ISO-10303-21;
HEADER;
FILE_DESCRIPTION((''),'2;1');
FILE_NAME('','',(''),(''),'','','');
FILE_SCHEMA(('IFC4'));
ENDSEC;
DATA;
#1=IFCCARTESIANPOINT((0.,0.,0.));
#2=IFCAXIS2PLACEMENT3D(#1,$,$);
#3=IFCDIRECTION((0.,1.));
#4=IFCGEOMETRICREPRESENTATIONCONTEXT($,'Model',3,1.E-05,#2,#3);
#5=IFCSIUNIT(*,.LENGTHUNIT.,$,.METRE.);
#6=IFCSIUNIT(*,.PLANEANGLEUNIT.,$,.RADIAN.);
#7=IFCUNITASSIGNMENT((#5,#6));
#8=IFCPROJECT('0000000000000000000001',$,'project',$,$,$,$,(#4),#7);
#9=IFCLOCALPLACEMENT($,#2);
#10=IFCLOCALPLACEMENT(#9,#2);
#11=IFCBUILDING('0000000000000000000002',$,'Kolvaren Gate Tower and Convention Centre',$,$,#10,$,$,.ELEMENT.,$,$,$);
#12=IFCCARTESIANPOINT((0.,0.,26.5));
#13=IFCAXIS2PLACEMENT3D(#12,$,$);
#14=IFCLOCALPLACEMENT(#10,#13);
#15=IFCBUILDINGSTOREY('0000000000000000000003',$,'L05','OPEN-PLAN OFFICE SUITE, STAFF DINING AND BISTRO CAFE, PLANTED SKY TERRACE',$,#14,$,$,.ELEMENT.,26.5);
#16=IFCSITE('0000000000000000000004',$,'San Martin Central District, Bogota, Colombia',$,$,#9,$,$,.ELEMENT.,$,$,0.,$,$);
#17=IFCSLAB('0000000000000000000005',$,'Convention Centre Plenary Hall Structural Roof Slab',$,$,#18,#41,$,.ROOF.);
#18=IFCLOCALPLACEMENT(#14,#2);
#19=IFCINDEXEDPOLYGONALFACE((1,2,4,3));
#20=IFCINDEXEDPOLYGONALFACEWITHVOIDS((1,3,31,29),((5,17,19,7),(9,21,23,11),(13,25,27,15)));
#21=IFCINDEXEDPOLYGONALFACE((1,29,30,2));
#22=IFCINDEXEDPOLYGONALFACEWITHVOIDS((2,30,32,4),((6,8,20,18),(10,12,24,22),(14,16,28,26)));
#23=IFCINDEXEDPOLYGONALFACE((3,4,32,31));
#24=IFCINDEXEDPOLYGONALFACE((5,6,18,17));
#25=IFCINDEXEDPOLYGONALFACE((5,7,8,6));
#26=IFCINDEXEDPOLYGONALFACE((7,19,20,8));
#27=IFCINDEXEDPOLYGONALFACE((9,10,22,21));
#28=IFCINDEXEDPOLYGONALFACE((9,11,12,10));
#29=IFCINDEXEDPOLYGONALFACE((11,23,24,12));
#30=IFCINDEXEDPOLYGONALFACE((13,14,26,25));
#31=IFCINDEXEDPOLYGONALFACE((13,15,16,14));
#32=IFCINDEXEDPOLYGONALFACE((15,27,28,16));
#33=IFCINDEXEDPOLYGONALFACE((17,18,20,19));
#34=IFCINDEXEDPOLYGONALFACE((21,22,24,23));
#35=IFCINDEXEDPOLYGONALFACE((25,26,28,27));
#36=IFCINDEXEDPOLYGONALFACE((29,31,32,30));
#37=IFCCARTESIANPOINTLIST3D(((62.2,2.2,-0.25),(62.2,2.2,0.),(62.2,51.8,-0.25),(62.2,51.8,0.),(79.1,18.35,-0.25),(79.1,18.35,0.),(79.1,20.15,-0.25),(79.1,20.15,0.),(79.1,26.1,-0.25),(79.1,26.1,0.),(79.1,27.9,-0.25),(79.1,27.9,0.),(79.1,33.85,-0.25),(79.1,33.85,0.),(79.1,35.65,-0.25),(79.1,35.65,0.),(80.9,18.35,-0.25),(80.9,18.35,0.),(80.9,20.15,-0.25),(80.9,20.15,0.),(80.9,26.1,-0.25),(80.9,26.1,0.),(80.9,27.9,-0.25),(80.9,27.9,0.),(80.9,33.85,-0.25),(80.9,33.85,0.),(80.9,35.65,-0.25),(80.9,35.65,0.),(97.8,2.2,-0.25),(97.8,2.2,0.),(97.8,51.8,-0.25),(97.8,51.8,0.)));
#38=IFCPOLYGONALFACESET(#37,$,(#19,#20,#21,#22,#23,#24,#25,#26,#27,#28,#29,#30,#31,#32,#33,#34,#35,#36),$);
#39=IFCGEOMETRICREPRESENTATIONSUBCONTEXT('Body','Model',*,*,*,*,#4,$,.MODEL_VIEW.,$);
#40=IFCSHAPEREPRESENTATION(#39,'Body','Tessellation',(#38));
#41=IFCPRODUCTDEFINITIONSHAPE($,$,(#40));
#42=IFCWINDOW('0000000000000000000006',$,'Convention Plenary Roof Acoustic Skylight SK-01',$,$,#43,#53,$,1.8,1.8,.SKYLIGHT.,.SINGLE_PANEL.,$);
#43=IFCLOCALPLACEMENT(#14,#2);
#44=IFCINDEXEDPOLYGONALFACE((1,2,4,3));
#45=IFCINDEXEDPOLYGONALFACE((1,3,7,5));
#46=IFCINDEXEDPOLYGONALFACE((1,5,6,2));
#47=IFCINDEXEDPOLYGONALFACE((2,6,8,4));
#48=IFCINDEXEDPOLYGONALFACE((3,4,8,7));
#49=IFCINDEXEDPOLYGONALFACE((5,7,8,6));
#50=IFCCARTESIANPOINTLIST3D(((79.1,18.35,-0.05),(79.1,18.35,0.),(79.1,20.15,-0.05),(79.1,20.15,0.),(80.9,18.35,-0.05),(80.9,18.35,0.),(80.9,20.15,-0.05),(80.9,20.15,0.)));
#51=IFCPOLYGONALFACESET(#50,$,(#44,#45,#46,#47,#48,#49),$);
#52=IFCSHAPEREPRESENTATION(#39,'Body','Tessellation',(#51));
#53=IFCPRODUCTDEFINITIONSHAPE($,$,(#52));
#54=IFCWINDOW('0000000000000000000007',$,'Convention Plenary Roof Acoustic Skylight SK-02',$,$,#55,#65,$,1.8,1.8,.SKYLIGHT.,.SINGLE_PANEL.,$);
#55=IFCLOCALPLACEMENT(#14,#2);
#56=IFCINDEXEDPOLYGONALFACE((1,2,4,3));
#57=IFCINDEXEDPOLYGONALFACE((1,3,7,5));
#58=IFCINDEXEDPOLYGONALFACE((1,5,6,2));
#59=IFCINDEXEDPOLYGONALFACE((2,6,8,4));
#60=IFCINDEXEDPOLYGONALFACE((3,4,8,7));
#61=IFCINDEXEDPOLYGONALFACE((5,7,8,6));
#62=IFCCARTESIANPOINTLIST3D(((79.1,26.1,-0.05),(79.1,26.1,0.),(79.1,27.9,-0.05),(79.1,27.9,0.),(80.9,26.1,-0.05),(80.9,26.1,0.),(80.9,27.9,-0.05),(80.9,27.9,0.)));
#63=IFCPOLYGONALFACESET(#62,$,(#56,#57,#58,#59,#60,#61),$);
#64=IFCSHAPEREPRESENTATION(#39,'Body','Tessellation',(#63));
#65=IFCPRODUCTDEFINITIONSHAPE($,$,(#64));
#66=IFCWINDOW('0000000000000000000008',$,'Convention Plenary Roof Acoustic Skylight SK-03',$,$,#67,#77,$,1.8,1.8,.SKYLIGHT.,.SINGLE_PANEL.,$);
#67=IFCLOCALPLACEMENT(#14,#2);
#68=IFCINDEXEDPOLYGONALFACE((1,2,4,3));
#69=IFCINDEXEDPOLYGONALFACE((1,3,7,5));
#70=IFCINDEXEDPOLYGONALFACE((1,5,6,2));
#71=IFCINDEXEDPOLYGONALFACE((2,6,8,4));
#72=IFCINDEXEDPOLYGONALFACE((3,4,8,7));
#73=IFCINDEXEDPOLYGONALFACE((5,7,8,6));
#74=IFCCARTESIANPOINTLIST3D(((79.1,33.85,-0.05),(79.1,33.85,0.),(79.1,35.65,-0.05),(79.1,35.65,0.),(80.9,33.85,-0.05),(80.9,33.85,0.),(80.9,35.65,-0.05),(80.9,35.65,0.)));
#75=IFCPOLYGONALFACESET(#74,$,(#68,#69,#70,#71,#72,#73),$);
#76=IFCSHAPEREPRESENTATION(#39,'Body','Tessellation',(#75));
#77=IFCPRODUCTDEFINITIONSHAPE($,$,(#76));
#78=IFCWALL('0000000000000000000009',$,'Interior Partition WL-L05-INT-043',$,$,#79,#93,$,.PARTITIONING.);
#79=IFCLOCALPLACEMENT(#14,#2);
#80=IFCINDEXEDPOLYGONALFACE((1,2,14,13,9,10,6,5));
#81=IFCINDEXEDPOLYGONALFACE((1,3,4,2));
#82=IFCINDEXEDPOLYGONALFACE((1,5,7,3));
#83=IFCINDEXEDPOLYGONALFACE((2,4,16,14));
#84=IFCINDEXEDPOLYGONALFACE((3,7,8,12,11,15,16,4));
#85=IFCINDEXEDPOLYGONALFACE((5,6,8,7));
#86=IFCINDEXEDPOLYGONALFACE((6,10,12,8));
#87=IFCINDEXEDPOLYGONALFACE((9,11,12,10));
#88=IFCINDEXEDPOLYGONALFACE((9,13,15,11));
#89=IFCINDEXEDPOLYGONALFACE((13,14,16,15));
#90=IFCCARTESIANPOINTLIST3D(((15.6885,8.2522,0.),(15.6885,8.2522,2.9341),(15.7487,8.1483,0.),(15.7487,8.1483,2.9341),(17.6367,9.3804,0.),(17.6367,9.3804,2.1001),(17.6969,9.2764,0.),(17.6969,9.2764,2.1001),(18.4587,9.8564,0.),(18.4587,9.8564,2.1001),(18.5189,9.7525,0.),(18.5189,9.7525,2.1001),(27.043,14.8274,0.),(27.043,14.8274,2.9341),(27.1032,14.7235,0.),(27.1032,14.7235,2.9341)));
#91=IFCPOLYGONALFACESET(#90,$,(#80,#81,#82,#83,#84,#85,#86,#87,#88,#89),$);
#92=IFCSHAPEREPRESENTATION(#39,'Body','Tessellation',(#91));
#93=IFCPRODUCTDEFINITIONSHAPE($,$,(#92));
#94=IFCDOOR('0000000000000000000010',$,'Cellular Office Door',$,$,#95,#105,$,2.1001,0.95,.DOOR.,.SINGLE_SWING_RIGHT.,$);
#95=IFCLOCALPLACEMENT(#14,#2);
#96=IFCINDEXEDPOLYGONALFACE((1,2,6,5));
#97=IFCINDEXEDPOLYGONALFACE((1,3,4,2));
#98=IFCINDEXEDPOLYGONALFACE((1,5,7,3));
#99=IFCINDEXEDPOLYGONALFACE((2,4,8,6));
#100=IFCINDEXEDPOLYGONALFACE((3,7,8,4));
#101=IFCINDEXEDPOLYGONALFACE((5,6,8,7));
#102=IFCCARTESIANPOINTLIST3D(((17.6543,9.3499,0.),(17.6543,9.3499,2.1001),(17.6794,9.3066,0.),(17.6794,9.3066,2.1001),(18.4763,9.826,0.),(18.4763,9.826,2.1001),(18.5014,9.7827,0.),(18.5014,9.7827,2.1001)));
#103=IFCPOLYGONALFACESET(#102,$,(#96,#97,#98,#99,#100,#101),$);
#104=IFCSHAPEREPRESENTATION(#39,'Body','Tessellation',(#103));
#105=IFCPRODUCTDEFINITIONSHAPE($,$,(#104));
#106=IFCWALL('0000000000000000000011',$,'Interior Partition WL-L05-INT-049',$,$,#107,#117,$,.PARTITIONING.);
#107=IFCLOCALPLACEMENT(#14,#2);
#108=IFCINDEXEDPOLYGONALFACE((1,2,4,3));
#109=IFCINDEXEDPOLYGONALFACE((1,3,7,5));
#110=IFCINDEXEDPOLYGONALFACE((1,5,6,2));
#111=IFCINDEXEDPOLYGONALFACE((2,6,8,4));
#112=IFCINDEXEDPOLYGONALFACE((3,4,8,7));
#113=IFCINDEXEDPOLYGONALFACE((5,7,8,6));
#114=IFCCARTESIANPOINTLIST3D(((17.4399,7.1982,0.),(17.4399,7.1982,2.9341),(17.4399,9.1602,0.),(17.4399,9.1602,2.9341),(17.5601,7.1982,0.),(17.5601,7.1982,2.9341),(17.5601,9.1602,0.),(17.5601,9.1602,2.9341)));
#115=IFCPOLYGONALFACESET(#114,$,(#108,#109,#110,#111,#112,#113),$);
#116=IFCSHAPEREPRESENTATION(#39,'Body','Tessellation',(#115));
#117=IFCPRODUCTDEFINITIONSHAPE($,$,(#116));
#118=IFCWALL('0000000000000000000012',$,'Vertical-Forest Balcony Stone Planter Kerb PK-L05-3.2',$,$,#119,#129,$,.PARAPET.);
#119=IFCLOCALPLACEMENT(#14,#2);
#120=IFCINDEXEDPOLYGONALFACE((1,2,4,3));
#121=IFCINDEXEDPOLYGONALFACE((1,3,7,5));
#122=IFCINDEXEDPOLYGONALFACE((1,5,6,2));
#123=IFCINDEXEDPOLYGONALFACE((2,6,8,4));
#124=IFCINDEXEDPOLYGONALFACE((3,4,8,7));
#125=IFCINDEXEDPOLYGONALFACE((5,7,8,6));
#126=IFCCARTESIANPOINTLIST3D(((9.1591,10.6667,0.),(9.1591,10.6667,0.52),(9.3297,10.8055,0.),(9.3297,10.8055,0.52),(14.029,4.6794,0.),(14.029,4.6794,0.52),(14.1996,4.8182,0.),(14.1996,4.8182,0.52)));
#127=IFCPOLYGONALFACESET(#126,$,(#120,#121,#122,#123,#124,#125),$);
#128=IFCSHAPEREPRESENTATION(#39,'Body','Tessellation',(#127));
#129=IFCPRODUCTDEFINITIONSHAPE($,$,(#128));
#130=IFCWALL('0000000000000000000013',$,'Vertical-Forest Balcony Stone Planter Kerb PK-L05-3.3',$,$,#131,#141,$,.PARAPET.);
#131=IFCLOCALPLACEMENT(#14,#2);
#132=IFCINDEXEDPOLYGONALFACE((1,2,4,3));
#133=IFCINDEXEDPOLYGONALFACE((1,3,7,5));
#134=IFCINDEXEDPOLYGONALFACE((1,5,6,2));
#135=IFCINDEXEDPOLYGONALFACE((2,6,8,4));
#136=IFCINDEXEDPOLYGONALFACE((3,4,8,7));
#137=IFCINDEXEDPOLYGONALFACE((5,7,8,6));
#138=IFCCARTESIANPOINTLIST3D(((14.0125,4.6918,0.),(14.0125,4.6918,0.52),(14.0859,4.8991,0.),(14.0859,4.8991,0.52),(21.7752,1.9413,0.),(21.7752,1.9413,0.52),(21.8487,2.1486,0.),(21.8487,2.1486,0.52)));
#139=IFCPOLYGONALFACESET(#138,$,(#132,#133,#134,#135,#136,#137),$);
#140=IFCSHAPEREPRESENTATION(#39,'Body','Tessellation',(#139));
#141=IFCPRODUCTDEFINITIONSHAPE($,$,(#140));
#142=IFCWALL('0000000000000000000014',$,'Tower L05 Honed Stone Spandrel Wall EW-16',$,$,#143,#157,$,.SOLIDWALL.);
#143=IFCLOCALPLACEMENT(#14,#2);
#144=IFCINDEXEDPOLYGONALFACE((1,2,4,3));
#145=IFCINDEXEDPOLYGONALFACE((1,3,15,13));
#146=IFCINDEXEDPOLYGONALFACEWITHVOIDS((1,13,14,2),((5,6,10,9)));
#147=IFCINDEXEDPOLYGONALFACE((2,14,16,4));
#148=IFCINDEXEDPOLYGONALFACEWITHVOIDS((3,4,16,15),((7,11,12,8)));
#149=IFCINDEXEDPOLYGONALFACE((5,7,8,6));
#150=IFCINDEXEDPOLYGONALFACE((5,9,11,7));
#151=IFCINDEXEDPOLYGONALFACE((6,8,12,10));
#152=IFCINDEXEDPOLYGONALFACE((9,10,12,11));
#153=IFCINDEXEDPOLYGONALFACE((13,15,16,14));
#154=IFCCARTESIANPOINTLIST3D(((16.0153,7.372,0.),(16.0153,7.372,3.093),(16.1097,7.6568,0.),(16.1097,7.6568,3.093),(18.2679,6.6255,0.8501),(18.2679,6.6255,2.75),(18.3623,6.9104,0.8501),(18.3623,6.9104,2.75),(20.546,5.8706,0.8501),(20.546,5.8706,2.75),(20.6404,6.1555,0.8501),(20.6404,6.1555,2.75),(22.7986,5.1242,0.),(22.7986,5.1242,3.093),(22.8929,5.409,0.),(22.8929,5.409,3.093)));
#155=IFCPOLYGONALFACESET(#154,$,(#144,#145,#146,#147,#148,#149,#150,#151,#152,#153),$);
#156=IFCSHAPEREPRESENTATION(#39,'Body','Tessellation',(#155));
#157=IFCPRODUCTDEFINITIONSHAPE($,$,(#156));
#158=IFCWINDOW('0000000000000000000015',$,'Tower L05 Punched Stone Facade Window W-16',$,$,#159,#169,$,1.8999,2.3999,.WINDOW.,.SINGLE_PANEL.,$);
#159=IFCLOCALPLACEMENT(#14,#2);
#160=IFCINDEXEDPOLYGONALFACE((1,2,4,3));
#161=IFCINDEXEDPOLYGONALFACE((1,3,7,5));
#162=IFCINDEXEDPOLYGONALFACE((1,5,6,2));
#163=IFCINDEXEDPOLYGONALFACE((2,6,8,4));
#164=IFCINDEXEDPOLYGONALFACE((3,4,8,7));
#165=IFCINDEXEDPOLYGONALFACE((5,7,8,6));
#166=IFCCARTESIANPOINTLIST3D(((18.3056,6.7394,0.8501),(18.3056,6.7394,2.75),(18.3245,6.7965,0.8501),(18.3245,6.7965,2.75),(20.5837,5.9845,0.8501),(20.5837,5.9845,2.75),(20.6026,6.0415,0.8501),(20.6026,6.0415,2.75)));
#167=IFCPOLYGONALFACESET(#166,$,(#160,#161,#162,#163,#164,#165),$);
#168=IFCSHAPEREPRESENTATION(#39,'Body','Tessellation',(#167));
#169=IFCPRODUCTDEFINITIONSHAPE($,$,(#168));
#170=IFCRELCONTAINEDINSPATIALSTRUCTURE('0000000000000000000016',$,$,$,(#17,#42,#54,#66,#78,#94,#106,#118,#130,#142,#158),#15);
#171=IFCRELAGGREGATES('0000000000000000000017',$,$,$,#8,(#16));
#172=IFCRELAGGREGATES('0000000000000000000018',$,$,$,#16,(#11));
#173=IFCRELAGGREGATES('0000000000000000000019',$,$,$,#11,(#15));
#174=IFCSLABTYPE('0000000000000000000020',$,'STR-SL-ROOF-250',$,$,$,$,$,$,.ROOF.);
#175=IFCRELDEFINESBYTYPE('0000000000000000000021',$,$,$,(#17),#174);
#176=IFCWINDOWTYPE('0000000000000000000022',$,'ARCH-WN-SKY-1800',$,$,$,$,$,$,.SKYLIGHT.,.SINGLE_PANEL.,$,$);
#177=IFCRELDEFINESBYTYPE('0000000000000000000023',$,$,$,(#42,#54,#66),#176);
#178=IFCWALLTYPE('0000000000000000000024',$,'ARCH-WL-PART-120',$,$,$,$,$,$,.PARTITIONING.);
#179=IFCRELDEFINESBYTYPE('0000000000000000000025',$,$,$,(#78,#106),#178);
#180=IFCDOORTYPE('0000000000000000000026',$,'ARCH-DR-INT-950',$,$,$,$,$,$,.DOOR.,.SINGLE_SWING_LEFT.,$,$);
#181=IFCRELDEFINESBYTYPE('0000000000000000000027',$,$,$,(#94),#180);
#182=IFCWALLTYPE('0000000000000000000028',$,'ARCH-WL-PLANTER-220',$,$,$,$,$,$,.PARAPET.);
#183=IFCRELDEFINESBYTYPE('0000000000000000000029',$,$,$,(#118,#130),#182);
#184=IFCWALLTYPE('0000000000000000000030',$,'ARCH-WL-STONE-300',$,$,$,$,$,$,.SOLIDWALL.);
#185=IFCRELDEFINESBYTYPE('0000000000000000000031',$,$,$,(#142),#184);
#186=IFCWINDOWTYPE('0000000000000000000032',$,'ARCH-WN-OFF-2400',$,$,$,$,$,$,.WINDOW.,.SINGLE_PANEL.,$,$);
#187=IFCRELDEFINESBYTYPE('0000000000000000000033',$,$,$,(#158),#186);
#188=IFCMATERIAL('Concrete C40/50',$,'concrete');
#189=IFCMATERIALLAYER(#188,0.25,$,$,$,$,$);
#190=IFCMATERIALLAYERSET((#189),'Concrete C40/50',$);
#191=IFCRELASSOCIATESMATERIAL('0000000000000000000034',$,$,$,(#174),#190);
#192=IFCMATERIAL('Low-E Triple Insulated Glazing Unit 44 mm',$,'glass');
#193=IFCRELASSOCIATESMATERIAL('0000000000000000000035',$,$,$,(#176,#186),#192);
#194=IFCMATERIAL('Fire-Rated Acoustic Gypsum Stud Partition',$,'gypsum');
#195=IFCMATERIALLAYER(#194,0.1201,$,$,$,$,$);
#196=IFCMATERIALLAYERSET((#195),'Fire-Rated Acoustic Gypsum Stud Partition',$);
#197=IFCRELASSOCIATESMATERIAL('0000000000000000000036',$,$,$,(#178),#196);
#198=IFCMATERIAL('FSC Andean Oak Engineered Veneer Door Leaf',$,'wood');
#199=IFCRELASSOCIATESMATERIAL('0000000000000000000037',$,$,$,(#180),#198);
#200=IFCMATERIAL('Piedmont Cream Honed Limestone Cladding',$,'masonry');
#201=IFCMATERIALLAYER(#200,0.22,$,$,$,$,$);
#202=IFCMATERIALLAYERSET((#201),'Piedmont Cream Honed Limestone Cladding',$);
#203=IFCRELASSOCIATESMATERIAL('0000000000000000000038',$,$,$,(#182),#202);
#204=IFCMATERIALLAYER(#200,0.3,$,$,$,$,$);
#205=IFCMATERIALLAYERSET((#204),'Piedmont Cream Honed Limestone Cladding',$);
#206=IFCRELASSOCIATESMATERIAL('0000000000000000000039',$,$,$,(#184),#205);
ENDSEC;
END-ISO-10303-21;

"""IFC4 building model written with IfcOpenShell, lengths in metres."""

from ifc_helpers import new_model, si_unit, direction, frame, frame_2d, origin, origin_2d, place, context, subcontext, project, spatial, polyline, rectangle, outline, extrude, material, layer, layer_set, type_object, element, fill, save


model = new_model("IFC4")

# Units and contexts
model_context = context("Model", 3, precision=1e-05, world=origin(), true_north=direction((0.0, 1.0)))
body_context = subcontext(model_context, "Body", "Model", "MODEL_VIEW")
ifc_project = project(units=[si_unit("LENGTHUNIT", "METRE"), si_unit("PLANEANGLEUNIT", "RADIAN")], contexts=[model_context])

# Site, building, storey
site_placement = place(None, origin())
site = spatial("IfcSite", under=ifc_project, at=site_placement, Name="San Martin Central District, Bogota, Colombia", CompositionType="ELEMENT", RefElevation=0.0)
building_placement = place(site_placement, origin())
building = spatial("IfcBuilding", under=site, at=building_placement, Name="Kolvaren Gate Tower and Convention Centre", CompositionType="ELEMENT")
storey_placement = place(building_placement, frame((0.0, 0.0, 26.5)))
storey = spatial("IfcBuildingStorey", under=building, at=storey_placement, Name="L05", Description="OPEN-PLAN OFFICE SUITE, STAFF DINING AND BISTRO CAFE, PLANTED SKY TERRACE", CompositionType="ELEMENT", Elevation=26.5)

# Slab, openings, windows
ifc_material_1 = material(Name="Concrete C40/50", Category="concrete")
ifc_layer_1 = layer(ifc_material_1, 0.25)
ifc_layer_set_1 = layer_set([ifc_layer_1], Name="Concrete C40/50")
slab_type_1 = type_object("IfcSlabType", Name="STR-SL-ROOF-250", PredefinedType="ROOF", material=ifc_layer_set_1)
slab_1_placement = place(storey_placement, frame((0.0, 0.0, -0.25)))
slab_1 = element("IfcSlab", 1, at=slab_1_placement, inside=storey, type_object=slab_type_1, Name="Convention Centre Plenary Hall Structural Roof Slab", PredefinedType="ROOF", context=body_context, shape_type="SweptSolid", body=[
    extrude(outline(polyline([(62.2, 2.2), (97.8, 2.2), (97.8, 51.8), (62.2, 51.8), (62.2, 2.2)])), origin(), (0.0, 0.0, 1.0), 0.25),
])
opening_1_placement = place(slab_1_placement, frame((80.0, 19.25, 0.0)))
opening_1 = element("IfcOpeningElement", 2, at=opening_1_placement, cuts=slab_1, PredefinedType="OPENING", context=body_context, shape_type="SweptSolid", body=[
    extrude(rectangle(XDim=1.8, YDim=1.8, at=origin_2d()), frame((0.0, 0.0, -0.01)), (0.0, 0.0, 1.0), 0.27),
])
opening_2_placement = place(slab_1_placement, frame((80.0, 27.0, 0.0)))
opening_2 = element("IfcOpeningElement", 3, at=opening_2_placement, cuts=slab_1, PredefinedType="OPENING", context=body_context, shape_type="SweptSolid", body=[
    extrude(rectangle(XDim=1.8, YDim=1.8, at=origin_2d()), frame((0.0, 0.0, -0.01)), (0.0, 0.0, 1.0), 0.27),
])
opening_3_placement = place(slab_1_placement, frame((80.0, 34.75, 0.0)))
opening_3 = element("IfcOpeningElement", 4, at=opening_3_placement, cuts=slab_1, PredefinedType="OPENING", context=body_context, shape_type="SweptSolid", body=[
    extrude(rectangle(XDim=1.8, YDim=1.8, at=origin_2d()), frame((0.0, 0.0, -0.01)), (0.0, 0.0, 1.0), 0.27),
])
ifc_material_2 = material(Name="Low-E Triple Insulated Glazing Unit 44 mm", Category="glass")
window_type_1 = type_object("IfcWindowType", Name="ARCH-WN-SKY-1800", PartitioningType="SINGLE_PANEL", PredefinedType="SKYLIGHT", material=ifc_material_2)
window_1_placement = place(opening_1_placement, frame((0.0, 0.0, 0.2)))
window_1 = element("IfcWindow", 5, at=window_1_placement, inside=storey, type_object=window_type_1, Name="Convention Plenary Roof Acoustic Skylight SK-01", OverallHeight=1.8, OverallWidth=1.8, PartitioningType="SINGLE_PANEL", PredefinedType="SKYLIGHT", context=body_context, shape_type="SweptSolid", body=[
    extrude(rectangle(XDim=1.8, YDim=1.8, at=origin_2d()), origin(), (0.0, 0.0, 1.0), 0.05),
])
fill(opening_1, window_1)
window_2_placement = place(opening_2_placement, frame((0.0, 0.0, 0.2)))
window_2 = element("IfcWindow", 6, at=window_2_placement, inside=storey, type_object=window_type_1, Name="Convention Plenary Roof Acoustic Skylight SK-02", OverallHeight=1.8, OverallWidth=1.8, PartitioningType="SINGLE_PANEL", PredefinedType="SKYLIGHT", context=body_context, shape_type="SweptSolid", body=[
    extrude(rectangle(XDim=1.8, YDim=1.8, at=origin_2d()), origin(), (0.0, 0.0, 1.0), 0.05),
])
fill(opening_2, window_2)
window_3_placement = place(opening_3_placement, frame((0.0, 0.0, 0.2)))
window_3 = element("IfcWindow", 7, at=window_3_placement, inside=storey, type_object=window_type_1, Name="Convention Plenary Roof Acoustic Skylight SK-03", OverallHeight=1.8, OverallWidth=1.8, PartitioningType="SINGLE_PANEL", PredefinedType="SKYLIGHT", context=body_context, shape_type="SweptSolid", body=[
    extrude(rectangle(XDim=1.8, YDim=1.8, at=origin_2d()), origin(), (0.0, 0.0, 1.0), 0.05),
])
fill(opening_3, window_3)

# Wall, opening, door
ifc_material_3 = material(Name="Fire-Rated Acoustic Gypsum Stud Partition", Category="gypsum")
ifc_layer_2 = layer(ifc_material_3, 0.1201)
ifc_layer_set_2 = layer_set([ifc_layer_2], Name="Fire-Rated Acoustic Gypsum Stud Partition")
wall_type_1 = type_object("IfcWallType", Name="ARCH-WL-PART-120", PredefinedType="PARTITIONING", material=ifc_layer_set_2)
wall_1_placement = place(storey_placement, frame((15.7185, 8.2002, 0.0), z_axis=(0.0, 0.0, 1.0), x_axis=(0.865375, 0.501124, 0.0)))
wall_1 = element("IfcWall", 8, at=wall_1_placement, inside=storey, type_object=wall_type_1, Name="Interior Partition WL-L05-INT-043", PredefinedType="PARTITIONING", context=body_context, shape_type="SweptSolid", body=[
    extrude(rectangle(XDim=13.1208, YDim=0.1201, at=frame_2d((6.5605, 0.0))), origin(), (0.0, 0.0, 1.0), 2.9341),
])
opening_4_placement = place(wall_1_placement, frame((2.2512, 0.0, 0.0)))
opening_4 = element("IfcOpeningElement", 9, at=opening_4_placement, cuts=wall_1, PredefinedType="OPENING", context=body_context, shape_type="SweptSolid", body=[
    extrude(rectangle(XDim=0.95, YDim=2.1001, at=frame_2d((0.4751, 1.05))), frame((0.0, 0.0701, 0.0), z_axis=(0.0, -1.0, 0.0), x_axis=(1.0, 0.0, 0.0)), (0.0, 0.0, 1.0), 0.1401),
])
ifc_material_4 = material(Name="FSC Andean Oak Engineered Veneer Door Leaf", Category="wood")
door_type = type_object("IfcDoorType", Name="ARCH-DR-INT-950", OperationType="SINGLE_SWING_LEFT", PredefinedType="DOOR", material=ifc_material_4)
door_placement = place(opening_4_placement, origin())
door = element("IfcDoor", 10, at=door_placement, inside=storey, type_object=door_type, Name="Cellular Office Door", OperationType="SINGLE_SWING_RIGHT", OverallHeight=2.1001, OverallWidth=0.95, PredefinedType="DOOR", context=body_context, shape_type="SweptSolid", body=[
    extrude(rectangle(XDim=0.95, YDim=2.1001, at=frame_2d((0.4751, 1.05))), frame((0.0, 0.0249, 0.0), z_axis=(0.0, -1.0, 0.0), x_axis=(1.0, 0.0, 0.0)), (0.0, 0.0, 1.0), 0.05),
])
fill(opening_4, door)

# Walls
wall_2_placement = place(storey_placement, frame((17.5, 7.1982, 0.0), z_axis=(0.0, 0.0, 1.0), x_axis=(0.0, 1.0, 0.0)))
element("IfcWall", 11, at=wall_2_placement, inside=storey, type_object=wall_type_1, Name="Interior Partition WL-L05-INT-049", PredefinedType="PARTITIONING", context=body_context, shape_type="SweptSolid", body=[
    extrude(rectangle(XDim=1.9619, YDim=0.1201, at=frame_2d((0.981, 0.0))), origin(), (0.0, 0.0, 1.0), 2.9341),
])
ifc_material_5 = material(Name="Piedmont Cream Honed Limestone Cladding", Category="masonry")
ifc_layer_3 = layer(ifc_material_5, 0.22)
ifc_layer_set_3 = layer_set([ifc_layer_3], Name="Piedmont Cream Honed Limestone Cladding")
wall_type_2 = type_object("IfcWallType", Name="ARCH-WL-PLANTER-220", PredefinedType="PARAPET", material=ifc_layer_set_3)
wall_3_placement = place(storey_placement, frame((9.2444, 10.7361, 0.0), z_axis=(0.0, 0.0, 1.0), x_axis=(0.630997, -0.775785, 0.0)))
element("IfcWall", 12, at=wall_3_placement, inside=storey, type_object=wall_type_2, Name="Vertical-Forest Balcony Stone Planter Kerb PK-L05-3.2", PredefinedType="PARAPET", context=body_context, shape_type="SweptSolid", body=[
    extrude(rectangle(XDim=7.7178, YDim=0.22, at=frame_2d((3.8589, 0.0))), origin(), (0.0, 0.0, 1.0), 0.52),
])
wall_4_placement = place(storey_placement, frame((14.0493, 4.7954, 0.0), z_axis=(0.0, 0.0, 1.0), x_axis=(0.942581, -0.333977, 0.0)))
element("IfcWall", 13, at=wall_4_placement, inside=storey, type_object=wall_type_2, Name="Vertical-Forest Balcony Stone Planter Kerb PK-L05-3.3", PredefinedType="PARAPET", context=body_context, shape_type="SweptSolid", body=[
    extrude(rectangle(XDim=8.2356, YDim=0.22, at=frame_2d((4.1177, 0.0))), origin(), (0.0, 0.0, 1.0), 0.52),
])

# Wall, opening, window
ifc_layer_4 = layer(ifc_material_5, 0.3)
ifc_layer_set_4 = layer_set([ifc_layer_4], Name="Piedmont Cream Honed Limestone Cladding")
wall_type_3 = type_object("IfcWallType", Name="ARCH-WL-STONE-300", PredefinedType="SOLIDWALL", material=ifc_layer_set_4)
wall_5_placement = place(storey_placement, frame((16.0625, 7.5144, 0.0), z_axis=(0.0, 0.0, 1.0), x_axis=(0.949239, -0.314557, 0.0)))
wall_5 = element("IfcWall", 14, at=wall_5_placement, inside=storey, type_object=wall_type_3, Name="Tower L05 Honed Stone Spandrel Wall EW-16", PredefinedType="SOLIDWALL", context=body_context, shape_type="SweptSolid", body=[
    extrude(rectangle(XDim=7.146, YDim=0.3, at=frame_2d((3.573, 0.0))), origin(), (0.0, 0.0, 1.0), 3.093),
])
opening_5_placement = place(wall_5_placement, frame((2.373, 0.0, 0.8501)))
opening_5 = element("IfcOpeningElement", 15, at=opening_5_placement, cuts=wall_5, PredefinedType="OPENING", context=body_context, shape_type="SweptSolid", body=[
    extrude(rectangle(XDim=2.3999, YDim=1.8999, at=frame_2d((1.2, 0.95))), frame((0.0, 0.1599, 0.0), z_axis=(0.0, -1.0, 0.0), x_axis=(1.0, 0.0, 0.0)), (0.0, 0.0, 1.0), 0.3201),
])
window_type_2 = type_object("IfcWindowType", Name="ARCH-WN-OFF-2400", PartitioningType="SINGLE_PANEL", PredefinedType="WINDOW", material=ifc_material_2)
window_4_placement = place(opening_5_placement, origin())
window_4 = element("IfcWindow", 16, at=window_4_placement, inside=storey, type_object=window_type_2, Name="Tower L05 Punched Stone Facade Window W-16", OverallHeight=1.8999, OverallWidth=2.3999, PartitioningType="SINGLE_PANEL", PredefinedType="WINDOW", context=body_context, shape_type="SweptSolid", body=[
    extrude(rectangle(XDim=2.3999, YDim=1.8999, at=frame_2d((1.2, 0.95))), frame((0.0, 0.03, 0.0), z_axis=(0.0, -1.0, 0.0), x_axis=(1.0, 0.0, 0.0)), (0.0, 0.0, 1.0), 0.0601),
])
fill(opening_5, window_4)

save(model, "model.ifc")
